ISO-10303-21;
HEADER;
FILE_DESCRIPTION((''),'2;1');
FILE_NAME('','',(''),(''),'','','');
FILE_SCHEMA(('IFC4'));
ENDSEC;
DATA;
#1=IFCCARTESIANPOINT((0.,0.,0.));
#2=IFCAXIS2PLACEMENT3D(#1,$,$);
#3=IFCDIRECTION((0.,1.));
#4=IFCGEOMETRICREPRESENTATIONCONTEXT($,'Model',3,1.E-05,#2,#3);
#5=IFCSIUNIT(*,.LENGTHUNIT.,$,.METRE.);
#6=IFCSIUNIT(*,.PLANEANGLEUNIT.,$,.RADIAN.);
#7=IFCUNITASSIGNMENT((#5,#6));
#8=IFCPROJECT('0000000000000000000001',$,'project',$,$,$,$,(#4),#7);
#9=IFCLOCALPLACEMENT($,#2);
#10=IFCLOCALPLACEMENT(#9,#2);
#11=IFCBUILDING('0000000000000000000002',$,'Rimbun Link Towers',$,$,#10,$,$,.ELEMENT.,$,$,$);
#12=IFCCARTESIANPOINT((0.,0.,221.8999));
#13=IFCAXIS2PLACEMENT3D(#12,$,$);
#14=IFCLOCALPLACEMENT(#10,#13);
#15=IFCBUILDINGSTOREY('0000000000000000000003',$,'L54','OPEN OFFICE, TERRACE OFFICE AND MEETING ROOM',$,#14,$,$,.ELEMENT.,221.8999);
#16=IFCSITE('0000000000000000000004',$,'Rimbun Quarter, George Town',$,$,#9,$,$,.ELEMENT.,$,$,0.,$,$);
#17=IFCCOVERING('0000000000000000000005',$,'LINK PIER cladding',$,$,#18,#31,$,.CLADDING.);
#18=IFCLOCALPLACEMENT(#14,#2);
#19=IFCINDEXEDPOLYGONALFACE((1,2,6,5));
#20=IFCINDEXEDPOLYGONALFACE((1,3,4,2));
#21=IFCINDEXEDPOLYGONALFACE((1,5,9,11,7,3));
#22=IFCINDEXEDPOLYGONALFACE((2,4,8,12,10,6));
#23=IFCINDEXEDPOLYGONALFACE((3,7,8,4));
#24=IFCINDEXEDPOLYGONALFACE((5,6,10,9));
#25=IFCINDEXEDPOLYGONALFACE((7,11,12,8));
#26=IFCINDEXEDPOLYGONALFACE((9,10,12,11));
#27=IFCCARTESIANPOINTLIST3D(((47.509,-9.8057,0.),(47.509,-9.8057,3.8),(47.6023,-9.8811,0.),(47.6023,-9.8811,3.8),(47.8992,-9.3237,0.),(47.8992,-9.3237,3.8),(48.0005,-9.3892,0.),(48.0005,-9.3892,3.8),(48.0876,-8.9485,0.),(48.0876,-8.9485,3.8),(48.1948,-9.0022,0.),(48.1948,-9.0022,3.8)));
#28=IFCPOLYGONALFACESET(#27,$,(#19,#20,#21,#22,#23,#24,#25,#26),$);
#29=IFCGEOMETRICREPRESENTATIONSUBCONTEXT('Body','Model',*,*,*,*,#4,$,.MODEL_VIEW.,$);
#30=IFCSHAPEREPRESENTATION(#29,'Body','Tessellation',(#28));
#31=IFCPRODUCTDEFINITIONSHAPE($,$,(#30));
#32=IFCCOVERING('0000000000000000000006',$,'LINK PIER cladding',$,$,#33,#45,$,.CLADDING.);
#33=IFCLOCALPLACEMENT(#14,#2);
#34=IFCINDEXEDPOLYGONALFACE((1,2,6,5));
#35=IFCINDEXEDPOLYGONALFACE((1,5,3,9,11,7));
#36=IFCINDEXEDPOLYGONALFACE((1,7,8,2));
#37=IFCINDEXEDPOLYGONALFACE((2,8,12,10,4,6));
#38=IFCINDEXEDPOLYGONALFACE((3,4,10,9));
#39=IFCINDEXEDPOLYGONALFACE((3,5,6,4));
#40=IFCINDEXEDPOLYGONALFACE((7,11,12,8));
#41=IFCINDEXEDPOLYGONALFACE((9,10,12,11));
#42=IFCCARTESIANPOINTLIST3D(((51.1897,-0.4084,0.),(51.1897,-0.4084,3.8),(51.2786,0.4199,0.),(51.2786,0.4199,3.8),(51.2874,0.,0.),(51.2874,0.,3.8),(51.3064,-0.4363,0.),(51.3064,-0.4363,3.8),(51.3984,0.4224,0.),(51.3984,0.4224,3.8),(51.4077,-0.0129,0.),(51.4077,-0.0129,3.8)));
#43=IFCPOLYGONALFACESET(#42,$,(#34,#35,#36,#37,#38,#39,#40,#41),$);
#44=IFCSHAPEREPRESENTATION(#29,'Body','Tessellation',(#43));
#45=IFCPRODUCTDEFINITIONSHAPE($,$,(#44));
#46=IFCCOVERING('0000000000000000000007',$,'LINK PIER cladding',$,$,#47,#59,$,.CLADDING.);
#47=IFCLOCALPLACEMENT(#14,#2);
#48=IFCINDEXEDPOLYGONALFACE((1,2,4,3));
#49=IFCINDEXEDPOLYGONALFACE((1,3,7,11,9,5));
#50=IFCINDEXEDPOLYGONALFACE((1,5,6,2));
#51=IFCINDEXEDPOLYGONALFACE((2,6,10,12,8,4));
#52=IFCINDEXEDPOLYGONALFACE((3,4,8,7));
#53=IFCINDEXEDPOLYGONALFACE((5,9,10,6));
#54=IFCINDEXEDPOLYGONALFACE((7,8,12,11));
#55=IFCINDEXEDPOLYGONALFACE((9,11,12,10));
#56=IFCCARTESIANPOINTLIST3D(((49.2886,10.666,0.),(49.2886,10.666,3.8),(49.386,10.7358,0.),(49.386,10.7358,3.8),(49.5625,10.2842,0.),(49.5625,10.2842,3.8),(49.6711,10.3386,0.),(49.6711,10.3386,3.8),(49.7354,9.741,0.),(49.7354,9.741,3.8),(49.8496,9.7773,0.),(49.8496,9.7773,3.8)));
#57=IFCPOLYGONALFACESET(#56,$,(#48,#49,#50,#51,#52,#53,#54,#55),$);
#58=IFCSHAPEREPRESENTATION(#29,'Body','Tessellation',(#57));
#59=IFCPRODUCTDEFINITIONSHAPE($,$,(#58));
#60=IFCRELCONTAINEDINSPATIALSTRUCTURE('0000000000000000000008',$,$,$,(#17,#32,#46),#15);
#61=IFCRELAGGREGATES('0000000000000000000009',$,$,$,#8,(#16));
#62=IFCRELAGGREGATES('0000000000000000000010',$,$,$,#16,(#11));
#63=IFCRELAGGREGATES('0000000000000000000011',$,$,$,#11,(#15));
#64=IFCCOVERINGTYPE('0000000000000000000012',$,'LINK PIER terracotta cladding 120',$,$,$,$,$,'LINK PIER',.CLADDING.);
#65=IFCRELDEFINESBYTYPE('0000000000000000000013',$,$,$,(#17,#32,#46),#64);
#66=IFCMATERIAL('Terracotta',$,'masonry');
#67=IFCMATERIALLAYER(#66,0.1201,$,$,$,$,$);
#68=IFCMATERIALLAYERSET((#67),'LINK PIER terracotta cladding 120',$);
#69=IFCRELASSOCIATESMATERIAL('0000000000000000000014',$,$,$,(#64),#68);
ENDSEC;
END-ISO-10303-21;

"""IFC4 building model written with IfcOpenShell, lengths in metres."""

from ifc_helpers import new_model, si_unit, direction, frame, origin, place, context, subcontext, project, spatial, polyline, outline, extrude, material, layer, layer_set, type_object, element, save


model = new_model("IFC4")

# Units and contexts
model_context = context("Model", 3, precision=1e-05, world=origin(), true_north=direction((0.0, 1.0)))
body_context = subcontext(model_context, "Body", "Model", "MODEL_VIEW")
ifc_project = project(units=[si_unit("LENGTHUNIT", "METRE"), si_unit("PLANEANGLEUNIT", "RADIAN")], contexts=[model_context])

# Site, building, storey
site_placement = place(None, origin())
site = spatial("IfcSite", under=ifc_project, at=site_placement, Name="Rimbun Quarter, George Town", CompositionType="ELEMENT", RefElevation=0.0)
building_placement = place(site_placement, origin())
building = spatial("IfcBuilding", under=site, at=building_placement, Name="Rimbun Link Towers", CompositionType="ELEMENT")
storey_placement = place(building_placement, frame((0.0, 0.0, 221.8999)))
storey = spatial("IfcBuildingStorey", under=building, at=storey_placement, Name="L54", Description="OPEN OFFICE, TERRACE OFFICE AND MEETING ROOM", CompositionType="ELEMENT", Elevation=221.8999)

# Coverings
ifc_material_1 = material(Name="Terracotta", Category="masonry")
ifc_layer_1 = layer(ifc_material_1, 0.1201)
ifc_layer_set_1 = layer_set([ifc_layer_1], Name="LINK PIER terracotta cladding 120")
covering_type_1 = type_object("IfcCoveringType", Name="LINK PIER terracotta cladding 120", ElementType="LINK PIER", PredefinedType="CLADDING", material=ifc_layer_set_1)
covering_1_placement = place(storey_placement, origin())
element("IfcCovering", 1, at=covering_1_placement, inside=storey, type_object=covering_type_1, Name="LINK PIER cladding", PredefinedType="CLADDING", context=body_context, shape_type="SweptSolid", body=[
    extrude(outline(polyline([(48.0876, -8.9485), (47.8992, -9.3237), (47.509, -9.8057), (47.6023, -9.8811), (48.0005, -9.3892), (48.1948, -9.0022), (48.0876, -8.9485)])), origin(), (0.0, 0.0, 1.0), 3.8),
])
covering_2_placement = place(storey_placement, origin())
element("IfcCovering", 2, at=covering_2_placement, inside=storey, type_object=covering_type_1, Name="LINK PIER cladding", PredefinedType="CLADDING", context=body_context, shape_type="SweptSolid", body=[
    extrude(outline(polyline([(51.2786, 0.4199), (51.2874, 0.0), (51.1897, -0.4084), (51.3064, -0.4363), (51.4077, -0.0129), (51.3984, 0.4224), (51.2786, 0.4199)])), origin(), (0.0, 0.0, 1.0), 3.8),
])
covering_3_placement = place(storey_placement, origin())
element("IfcCovering", 3, at=covering_3_placement, inside=storey, type_object=covering_type_1, Name="LINK PIER cladding", PredefinedType="CLADDING", context=body_context, shape_type="SweptSolid", body=[
    extrude(outline(polyline([(49.2886, 10.666), (49.5625, 10.2842), (49.7354, 9.741), (49.8496, 9.7773), (49.6711, 10.3386), (49.386, 10.7358), (49.2886, 10.666)])), origin(), (0.0, 0.0, 1.0), 3.8),
])

save(model, "model.ifc")
